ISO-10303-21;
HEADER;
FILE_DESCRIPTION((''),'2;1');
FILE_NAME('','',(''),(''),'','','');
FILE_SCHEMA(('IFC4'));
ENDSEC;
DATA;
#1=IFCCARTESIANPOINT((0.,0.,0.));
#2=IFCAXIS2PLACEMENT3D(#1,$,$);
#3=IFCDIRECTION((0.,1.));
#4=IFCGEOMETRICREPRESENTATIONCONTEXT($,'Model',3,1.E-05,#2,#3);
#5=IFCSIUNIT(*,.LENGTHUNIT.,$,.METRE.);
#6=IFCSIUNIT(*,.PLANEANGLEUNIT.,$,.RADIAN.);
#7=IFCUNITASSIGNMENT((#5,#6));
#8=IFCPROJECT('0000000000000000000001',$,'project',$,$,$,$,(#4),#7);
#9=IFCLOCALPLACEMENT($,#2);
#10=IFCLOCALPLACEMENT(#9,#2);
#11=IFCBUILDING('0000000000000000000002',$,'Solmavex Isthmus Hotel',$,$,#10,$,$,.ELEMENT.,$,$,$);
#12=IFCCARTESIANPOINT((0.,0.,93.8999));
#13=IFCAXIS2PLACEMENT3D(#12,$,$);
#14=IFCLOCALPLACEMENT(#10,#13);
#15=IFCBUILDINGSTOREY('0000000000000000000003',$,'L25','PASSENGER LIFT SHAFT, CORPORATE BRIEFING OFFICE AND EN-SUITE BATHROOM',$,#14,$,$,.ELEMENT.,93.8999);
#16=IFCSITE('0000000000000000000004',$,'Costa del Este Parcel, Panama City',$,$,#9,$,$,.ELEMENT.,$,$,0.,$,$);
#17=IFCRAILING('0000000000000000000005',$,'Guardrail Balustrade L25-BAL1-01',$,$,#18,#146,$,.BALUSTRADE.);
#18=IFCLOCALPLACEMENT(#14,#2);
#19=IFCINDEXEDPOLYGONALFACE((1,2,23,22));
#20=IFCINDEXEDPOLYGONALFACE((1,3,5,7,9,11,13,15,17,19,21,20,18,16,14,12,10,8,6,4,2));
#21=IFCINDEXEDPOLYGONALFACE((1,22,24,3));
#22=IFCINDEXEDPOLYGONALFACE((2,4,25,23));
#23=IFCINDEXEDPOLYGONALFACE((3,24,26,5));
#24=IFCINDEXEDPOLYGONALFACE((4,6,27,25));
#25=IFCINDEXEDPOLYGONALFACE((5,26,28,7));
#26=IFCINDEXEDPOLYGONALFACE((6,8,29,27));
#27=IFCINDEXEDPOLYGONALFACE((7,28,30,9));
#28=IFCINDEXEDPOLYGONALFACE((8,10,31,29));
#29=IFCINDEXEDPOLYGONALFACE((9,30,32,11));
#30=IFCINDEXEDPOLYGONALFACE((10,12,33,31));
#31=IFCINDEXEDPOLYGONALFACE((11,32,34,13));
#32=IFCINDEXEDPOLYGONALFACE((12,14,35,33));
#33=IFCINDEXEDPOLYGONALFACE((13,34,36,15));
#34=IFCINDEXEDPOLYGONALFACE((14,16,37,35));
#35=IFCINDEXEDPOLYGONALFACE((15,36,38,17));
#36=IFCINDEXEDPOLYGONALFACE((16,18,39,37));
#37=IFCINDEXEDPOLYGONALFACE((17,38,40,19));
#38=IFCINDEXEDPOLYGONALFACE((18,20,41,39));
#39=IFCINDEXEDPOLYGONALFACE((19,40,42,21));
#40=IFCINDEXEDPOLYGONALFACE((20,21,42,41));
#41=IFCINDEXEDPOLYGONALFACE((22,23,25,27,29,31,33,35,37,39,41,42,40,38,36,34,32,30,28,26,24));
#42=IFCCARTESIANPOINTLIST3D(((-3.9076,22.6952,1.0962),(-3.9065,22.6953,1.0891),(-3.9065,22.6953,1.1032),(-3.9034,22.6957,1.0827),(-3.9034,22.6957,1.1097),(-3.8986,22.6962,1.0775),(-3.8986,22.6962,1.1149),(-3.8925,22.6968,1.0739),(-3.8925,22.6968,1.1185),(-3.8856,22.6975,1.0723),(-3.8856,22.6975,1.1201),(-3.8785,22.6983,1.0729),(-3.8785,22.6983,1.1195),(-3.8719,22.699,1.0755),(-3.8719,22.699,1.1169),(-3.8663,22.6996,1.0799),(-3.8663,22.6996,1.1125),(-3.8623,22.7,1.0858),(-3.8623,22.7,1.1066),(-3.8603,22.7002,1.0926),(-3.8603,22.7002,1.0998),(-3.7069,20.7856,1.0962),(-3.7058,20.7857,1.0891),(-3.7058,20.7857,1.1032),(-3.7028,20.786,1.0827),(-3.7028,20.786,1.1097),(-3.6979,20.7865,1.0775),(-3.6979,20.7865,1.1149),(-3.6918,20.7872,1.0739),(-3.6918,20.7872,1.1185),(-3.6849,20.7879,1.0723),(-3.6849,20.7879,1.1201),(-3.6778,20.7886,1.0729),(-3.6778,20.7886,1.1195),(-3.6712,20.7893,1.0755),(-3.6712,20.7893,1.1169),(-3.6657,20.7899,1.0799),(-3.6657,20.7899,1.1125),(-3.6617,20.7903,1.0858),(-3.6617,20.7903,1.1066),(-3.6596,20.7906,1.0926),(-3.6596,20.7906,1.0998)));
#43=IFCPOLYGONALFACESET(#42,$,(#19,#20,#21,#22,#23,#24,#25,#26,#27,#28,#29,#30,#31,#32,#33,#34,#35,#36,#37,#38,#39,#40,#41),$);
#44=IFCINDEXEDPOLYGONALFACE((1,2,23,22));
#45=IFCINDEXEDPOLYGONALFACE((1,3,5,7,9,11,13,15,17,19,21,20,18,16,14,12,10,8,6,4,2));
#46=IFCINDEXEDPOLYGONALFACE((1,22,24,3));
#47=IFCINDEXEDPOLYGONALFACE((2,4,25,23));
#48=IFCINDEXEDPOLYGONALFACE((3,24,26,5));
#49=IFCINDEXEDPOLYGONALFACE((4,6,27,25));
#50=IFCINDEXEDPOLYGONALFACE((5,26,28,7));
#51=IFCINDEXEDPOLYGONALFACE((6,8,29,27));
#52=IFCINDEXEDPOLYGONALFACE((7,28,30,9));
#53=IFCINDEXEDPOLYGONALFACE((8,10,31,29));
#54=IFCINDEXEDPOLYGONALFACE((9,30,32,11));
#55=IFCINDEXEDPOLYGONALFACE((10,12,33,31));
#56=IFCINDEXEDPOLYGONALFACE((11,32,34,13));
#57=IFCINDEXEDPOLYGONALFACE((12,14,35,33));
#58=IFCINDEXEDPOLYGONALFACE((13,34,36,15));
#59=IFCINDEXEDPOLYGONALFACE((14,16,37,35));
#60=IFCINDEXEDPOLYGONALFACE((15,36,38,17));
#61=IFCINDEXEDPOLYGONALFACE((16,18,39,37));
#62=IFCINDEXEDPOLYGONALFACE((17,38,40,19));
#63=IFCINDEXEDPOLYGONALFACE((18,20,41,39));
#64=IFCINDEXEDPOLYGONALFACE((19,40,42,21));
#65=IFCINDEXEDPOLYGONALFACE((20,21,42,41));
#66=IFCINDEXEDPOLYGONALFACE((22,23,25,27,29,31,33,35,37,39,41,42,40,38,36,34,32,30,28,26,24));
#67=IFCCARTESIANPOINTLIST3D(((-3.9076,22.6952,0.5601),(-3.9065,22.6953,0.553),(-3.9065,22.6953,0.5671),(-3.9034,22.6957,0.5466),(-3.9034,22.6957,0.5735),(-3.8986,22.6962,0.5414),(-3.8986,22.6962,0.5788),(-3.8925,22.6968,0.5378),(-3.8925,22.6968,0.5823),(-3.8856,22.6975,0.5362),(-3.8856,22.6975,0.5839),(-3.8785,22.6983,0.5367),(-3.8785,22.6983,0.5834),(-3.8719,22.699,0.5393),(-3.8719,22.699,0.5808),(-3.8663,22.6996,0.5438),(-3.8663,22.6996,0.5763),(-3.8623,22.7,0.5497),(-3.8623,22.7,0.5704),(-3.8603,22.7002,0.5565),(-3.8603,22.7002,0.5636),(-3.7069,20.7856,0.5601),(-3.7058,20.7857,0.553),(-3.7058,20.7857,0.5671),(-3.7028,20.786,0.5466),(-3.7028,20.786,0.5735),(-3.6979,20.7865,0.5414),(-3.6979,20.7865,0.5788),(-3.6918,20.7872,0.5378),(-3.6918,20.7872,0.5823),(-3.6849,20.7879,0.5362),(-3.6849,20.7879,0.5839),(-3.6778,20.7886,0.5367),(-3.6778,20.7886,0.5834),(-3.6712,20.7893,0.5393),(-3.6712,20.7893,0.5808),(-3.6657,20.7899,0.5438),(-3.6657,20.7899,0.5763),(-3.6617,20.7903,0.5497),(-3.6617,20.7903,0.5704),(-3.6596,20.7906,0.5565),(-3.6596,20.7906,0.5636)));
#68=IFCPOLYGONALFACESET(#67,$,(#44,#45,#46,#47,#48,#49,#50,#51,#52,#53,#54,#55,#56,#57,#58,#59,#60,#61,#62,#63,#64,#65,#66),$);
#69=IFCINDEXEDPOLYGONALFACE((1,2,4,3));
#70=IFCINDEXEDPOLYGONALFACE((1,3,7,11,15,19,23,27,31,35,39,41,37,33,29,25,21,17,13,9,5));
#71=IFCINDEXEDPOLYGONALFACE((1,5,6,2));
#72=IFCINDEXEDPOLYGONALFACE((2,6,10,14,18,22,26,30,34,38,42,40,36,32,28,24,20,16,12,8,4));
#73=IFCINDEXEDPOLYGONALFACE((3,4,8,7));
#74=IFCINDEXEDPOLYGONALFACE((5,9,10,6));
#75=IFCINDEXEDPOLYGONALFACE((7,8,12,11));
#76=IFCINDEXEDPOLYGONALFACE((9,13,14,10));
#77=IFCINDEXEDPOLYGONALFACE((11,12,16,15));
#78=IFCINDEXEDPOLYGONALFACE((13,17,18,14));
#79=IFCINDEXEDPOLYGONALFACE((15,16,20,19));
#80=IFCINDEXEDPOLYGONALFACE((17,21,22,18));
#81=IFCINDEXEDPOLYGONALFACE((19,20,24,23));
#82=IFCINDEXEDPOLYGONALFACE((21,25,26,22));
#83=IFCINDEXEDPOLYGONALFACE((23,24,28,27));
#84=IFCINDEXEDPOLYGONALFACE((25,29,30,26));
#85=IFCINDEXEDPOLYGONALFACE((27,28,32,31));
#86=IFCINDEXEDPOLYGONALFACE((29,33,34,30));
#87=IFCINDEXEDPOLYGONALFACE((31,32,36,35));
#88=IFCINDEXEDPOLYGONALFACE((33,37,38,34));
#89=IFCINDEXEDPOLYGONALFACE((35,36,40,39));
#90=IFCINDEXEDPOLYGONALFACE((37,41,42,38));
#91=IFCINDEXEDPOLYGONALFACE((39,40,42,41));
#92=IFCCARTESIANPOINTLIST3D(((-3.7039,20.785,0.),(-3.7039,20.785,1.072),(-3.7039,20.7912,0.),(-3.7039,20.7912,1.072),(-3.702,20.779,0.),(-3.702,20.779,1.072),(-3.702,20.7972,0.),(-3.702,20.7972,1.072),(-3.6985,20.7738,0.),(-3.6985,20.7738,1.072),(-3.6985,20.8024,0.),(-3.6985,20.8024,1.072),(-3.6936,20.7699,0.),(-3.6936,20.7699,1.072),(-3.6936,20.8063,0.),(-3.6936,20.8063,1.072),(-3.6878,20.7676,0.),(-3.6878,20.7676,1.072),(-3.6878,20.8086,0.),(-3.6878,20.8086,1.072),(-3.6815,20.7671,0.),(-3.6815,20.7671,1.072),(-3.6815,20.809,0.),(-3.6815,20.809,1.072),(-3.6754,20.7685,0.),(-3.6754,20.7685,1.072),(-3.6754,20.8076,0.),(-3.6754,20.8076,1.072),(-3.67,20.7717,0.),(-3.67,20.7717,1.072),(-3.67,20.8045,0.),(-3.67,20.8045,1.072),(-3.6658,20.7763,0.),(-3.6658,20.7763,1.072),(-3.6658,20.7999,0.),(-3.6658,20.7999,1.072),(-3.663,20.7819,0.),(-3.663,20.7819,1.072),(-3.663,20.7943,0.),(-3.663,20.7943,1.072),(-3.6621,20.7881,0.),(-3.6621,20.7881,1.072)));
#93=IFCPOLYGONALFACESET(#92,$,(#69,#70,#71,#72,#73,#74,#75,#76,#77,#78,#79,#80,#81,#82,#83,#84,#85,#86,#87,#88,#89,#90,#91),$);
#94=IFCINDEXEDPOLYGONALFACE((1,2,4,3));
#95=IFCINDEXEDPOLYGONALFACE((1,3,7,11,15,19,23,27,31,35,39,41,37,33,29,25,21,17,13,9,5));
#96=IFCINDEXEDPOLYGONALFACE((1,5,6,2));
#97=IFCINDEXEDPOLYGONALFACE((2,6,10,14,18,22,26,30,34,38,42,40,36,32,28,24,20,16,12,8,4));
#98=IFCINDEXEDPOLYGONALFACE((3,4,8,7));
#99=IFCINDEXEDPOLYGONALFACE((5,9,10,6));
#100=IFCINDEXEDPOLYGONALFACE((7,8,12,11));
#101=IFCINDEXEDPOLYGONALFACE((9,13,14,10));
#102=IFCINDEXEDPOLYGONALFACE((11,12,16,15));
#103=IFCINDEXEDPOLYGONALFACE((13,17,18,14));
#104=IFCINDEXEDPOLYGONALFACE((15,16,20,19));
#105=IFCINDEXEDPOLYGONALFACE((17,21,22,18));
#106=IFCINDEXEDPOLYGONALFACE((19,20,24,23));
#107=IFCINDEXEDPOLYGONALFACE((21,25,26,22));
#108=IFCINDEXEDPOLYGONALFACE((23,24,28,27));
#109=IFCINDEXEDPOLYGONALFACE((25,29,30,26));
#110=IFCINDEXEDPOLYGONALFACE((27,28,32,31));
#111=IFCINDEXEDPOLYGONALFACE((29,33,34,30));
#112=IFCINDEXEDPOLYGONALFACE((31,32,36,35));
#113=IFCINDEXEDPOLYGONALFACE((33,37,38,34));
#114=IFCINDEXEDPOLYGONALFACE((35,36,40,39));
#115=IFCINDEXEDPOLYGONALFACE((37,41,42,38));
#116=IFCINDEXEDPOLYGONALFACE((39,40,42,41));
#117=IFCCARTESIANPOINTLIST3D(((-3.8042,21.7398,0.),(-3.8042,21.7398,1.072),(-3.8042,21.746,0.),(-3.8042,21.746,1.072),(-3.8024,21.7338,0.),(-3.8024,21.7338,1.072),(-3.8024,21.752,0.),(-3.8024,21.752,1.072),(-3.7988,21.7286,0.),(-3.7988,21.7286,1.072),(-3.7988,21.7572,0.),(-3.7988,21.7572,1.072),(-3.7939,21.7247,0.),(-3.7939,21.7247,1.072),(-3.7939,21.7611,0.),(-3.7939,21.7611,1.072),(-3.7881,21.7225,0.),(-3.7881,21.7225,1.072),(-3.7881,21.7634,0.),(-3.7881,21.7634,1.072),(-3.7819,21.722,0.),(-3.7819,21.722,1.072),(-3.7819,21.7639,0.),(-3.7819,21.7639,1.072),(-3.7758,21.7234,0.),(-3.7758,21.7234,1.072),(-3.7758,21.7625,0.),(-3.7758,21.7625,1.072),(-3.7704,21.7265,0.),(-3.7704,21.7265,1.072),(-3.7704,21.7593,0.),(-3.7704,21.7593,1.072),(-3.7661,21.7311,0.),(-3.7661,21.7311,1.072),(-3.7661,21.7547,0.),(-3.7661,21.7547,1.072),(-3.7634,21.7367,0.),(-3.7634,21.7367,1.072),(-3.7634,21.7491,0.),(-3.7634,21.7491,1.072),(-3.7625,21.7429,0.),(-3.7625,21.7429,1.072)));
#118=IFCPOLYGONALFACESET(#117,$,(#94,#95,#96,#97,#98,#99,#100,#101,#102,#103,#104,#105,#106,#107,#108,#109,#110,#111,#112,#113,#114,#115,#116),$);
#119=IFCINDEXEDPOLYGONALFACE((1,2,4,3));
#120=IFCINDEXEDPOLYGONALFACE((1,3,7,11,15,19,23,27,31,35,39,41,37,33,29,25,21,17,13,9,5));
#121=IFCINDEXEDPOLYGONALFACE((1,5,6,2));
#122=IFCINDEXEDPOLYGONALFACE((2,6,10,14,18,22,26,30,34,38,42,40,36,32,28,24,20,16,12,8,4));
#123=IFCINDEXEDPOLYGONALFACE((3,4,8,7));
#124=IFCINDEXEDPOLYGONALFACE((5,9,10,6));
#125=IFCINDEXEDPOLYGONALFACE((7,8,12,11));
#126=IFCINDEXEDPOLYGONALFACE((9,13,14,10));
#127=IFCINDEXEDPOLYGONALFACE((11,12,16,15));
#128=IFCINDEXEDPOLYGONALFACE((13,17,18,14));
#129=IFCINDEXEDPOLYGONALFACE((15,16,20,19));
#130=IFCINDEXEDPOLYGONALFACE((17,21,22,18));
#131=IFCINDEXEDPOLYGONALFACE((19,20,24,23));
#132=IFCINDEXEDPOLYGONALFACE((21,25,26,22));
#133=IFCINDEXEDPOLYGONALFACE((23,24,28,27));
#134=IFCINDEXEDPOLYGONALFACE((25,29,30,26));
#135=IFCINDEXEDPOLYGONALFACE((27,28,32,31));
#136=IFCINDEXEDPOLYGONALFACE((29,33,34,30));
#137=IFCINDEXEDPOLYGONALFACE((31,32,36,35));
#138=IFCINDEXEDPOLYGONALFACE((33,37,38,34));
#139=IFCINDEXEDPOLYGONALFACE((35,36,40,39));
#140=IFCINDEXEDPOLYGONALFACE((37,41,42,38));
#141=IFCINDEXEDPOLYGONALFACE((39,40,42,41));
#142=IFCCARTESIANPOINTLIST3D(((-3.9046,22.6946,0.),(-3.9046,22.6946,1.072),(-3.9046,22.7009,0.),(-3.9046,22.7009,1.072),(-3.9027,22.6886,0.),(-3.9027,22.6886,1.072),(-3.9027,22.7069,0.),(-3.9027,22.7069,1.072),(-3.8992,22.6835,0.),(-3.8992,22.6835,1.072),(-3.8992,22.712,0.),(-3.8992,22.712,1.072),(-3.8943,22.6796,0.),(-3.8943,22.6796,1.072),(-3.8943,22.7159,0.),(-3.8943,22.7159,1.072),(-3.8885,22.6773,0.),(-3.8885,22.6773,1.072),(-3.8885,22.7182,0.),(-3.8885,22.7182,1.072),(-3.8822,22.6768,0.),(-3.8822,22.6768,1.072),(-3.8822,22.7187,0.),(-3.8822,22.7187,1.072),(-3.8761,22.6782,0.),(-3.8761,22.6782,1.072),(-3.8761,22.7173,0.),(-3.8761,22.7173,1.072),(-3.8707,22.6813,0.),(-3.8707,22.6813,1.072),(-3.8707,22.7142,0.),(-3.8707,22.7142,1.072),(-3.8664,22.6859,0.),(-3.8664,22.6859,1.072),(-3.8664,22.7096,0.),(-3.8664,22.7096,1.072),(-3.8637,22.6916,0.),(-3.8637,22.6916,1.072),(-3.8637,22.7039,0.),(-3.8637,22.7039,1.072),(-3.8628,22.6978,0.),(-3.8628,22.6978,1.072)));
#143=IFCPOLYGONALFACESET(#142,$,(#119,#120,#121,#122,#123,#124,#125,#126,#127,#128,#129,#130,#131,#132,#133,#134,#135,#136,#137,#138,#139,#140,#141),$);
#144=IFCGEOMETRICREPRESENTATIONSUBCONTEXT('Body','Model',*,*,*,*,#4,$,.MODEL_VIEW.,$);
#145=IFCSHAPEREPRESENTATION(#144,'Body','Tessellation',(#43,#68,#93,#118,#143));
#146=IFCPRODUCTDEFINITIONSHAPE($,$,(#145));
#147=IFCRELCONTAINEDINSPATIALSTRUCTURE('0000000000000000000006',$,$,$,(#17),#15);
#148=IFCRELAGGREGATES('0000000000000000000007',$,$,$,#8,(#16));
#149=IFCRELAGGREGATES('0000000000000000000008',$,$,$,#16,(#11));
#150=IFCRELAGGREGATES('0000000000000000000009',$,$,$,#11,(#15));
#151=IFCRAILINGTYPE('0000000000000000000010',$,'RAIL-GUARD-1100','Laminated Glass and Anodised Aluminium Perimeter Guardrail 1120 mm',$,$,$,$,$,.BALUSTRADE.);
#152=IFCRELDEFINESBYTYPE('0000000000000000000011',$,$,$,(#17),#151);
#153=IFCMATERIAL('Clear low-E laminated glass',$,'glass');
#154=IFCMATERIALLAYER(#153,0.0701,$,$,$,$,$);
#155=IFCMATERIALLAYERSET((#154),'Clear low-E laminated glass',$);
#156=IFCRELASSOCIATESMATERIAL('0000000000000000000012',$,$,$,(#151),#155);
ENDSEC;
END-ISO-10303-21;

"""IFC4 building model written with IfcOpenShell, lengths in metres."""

from ifc_helpers import new_model, si_unit, direction, frame, origin, origin_2d, place, context, subcontext, project, spatial, circle, extrude, material, layer, layer_set, type_object, element, save


model = new_model("IFC4")

# Units and contexts
model_context = context("Model", 3, precision=1e-05, world=origin(), true_north=direction((0.0, 1.0)))
body_context = subcontext(model_context, "Body", "Model", "MODEL_VIEW")
ifc_project = project(units=[si_unit("LENGTHUNIT", "METRE"), si_unit("PLANEANGLEUNIT", "RADIAN")], contexts=[model_context])

# Site, building, storey
site_placement = place(None, origin())
site = spatial("IfcSite", under=ifc_project, at=site_placement, Name="Costa del Este Parcel, Panama City", CompositionType="ELEMENT", RefElevation=0.0)
building_placement = place(site_placement, origin())
building = spatial("IfcBuilding", under=site, at=building_placement, Name="Solmavex Isthmus Hotel", CompositionType="ELEMENT")
storey_placement = place(building_placement, frame((0.0, 0.0, 93.8999)))
storey = spatial("IfcBuildingStorey", under=building, at=storey_placement, Name="L25", Description="PASSENGER LIFT SHAFT, CORPORATE BRIEFING OFFICE AND EN-SUITE BATHROOM", CompositionType="ELEMENT", Elevation=93.8999)

# Shared definitions
ifc_material_1 = material(Name="Clear low-E laminated glass", Category="glass")

# Railing
ifc_layer_1 = layer(ifc_material_1, 0.0701)
ifc_layer_set_1 = layer_set([ifc_layer_1], Name="Clear low-E laminated glass")
railing_type = type_object("IfcRailingType", Name="RAIL-GUARD-1100", Description="Laminated Glass and Anodised Aluminium Perimeter Guardrail 1120 mm", PredefinedType="BALUSTRADE", material=ifc_layer_set_1)
railing_1_placement = place(storey_placement, frame((-3.6831, 20.7881, 0.0)))
element("IfcRailing", 1, at=railing_1_placement, inside=storey, type_object=railing_type, Name="Guardrail Balustrade L25-BAL1-01", PredefinedType="BALUSTRADE", context=body_context, shape_type="SweptSolid", body=[
    extrude(circle(Radius=0.0239, at=origin_2d()), frame((0.0, 0.0, 1.0962), z_axis=(-0.104513, 0.994524, 0.0), x_axis=(-0.994524, -0.104513, 0.0)), (0.0, 0.0, 1.0), 1.9202),
    extrude(circle(Radius=0.0239, at=origin_2d()), frame((0.0, 0.0, 0.5601), z_axis=(-0.104513, 0.994524, 0.0), x_axis=(-0.994524, -0.104513, 0.0)), (0.0, 0.0, 1.0), 1.9202),
    extrude(circle(Radius=0.021, at=origin_2d()), origin(), (0.0, 0.0, 1.0), 1.072),
    extrude(circle(Radius=0.021, at=origin_2d()), frame((-0.1003, 0.9548, 0.0)), (0.0, 0.0, 1.0), 1.072),
    extrude(circle(Radius=0.021, at=origin_2d()), frame((-0.2007, 1.9097, 0.0)), (0.0, 0.0, 1.0), 1.072),
])

save(model, "model.ifc")
